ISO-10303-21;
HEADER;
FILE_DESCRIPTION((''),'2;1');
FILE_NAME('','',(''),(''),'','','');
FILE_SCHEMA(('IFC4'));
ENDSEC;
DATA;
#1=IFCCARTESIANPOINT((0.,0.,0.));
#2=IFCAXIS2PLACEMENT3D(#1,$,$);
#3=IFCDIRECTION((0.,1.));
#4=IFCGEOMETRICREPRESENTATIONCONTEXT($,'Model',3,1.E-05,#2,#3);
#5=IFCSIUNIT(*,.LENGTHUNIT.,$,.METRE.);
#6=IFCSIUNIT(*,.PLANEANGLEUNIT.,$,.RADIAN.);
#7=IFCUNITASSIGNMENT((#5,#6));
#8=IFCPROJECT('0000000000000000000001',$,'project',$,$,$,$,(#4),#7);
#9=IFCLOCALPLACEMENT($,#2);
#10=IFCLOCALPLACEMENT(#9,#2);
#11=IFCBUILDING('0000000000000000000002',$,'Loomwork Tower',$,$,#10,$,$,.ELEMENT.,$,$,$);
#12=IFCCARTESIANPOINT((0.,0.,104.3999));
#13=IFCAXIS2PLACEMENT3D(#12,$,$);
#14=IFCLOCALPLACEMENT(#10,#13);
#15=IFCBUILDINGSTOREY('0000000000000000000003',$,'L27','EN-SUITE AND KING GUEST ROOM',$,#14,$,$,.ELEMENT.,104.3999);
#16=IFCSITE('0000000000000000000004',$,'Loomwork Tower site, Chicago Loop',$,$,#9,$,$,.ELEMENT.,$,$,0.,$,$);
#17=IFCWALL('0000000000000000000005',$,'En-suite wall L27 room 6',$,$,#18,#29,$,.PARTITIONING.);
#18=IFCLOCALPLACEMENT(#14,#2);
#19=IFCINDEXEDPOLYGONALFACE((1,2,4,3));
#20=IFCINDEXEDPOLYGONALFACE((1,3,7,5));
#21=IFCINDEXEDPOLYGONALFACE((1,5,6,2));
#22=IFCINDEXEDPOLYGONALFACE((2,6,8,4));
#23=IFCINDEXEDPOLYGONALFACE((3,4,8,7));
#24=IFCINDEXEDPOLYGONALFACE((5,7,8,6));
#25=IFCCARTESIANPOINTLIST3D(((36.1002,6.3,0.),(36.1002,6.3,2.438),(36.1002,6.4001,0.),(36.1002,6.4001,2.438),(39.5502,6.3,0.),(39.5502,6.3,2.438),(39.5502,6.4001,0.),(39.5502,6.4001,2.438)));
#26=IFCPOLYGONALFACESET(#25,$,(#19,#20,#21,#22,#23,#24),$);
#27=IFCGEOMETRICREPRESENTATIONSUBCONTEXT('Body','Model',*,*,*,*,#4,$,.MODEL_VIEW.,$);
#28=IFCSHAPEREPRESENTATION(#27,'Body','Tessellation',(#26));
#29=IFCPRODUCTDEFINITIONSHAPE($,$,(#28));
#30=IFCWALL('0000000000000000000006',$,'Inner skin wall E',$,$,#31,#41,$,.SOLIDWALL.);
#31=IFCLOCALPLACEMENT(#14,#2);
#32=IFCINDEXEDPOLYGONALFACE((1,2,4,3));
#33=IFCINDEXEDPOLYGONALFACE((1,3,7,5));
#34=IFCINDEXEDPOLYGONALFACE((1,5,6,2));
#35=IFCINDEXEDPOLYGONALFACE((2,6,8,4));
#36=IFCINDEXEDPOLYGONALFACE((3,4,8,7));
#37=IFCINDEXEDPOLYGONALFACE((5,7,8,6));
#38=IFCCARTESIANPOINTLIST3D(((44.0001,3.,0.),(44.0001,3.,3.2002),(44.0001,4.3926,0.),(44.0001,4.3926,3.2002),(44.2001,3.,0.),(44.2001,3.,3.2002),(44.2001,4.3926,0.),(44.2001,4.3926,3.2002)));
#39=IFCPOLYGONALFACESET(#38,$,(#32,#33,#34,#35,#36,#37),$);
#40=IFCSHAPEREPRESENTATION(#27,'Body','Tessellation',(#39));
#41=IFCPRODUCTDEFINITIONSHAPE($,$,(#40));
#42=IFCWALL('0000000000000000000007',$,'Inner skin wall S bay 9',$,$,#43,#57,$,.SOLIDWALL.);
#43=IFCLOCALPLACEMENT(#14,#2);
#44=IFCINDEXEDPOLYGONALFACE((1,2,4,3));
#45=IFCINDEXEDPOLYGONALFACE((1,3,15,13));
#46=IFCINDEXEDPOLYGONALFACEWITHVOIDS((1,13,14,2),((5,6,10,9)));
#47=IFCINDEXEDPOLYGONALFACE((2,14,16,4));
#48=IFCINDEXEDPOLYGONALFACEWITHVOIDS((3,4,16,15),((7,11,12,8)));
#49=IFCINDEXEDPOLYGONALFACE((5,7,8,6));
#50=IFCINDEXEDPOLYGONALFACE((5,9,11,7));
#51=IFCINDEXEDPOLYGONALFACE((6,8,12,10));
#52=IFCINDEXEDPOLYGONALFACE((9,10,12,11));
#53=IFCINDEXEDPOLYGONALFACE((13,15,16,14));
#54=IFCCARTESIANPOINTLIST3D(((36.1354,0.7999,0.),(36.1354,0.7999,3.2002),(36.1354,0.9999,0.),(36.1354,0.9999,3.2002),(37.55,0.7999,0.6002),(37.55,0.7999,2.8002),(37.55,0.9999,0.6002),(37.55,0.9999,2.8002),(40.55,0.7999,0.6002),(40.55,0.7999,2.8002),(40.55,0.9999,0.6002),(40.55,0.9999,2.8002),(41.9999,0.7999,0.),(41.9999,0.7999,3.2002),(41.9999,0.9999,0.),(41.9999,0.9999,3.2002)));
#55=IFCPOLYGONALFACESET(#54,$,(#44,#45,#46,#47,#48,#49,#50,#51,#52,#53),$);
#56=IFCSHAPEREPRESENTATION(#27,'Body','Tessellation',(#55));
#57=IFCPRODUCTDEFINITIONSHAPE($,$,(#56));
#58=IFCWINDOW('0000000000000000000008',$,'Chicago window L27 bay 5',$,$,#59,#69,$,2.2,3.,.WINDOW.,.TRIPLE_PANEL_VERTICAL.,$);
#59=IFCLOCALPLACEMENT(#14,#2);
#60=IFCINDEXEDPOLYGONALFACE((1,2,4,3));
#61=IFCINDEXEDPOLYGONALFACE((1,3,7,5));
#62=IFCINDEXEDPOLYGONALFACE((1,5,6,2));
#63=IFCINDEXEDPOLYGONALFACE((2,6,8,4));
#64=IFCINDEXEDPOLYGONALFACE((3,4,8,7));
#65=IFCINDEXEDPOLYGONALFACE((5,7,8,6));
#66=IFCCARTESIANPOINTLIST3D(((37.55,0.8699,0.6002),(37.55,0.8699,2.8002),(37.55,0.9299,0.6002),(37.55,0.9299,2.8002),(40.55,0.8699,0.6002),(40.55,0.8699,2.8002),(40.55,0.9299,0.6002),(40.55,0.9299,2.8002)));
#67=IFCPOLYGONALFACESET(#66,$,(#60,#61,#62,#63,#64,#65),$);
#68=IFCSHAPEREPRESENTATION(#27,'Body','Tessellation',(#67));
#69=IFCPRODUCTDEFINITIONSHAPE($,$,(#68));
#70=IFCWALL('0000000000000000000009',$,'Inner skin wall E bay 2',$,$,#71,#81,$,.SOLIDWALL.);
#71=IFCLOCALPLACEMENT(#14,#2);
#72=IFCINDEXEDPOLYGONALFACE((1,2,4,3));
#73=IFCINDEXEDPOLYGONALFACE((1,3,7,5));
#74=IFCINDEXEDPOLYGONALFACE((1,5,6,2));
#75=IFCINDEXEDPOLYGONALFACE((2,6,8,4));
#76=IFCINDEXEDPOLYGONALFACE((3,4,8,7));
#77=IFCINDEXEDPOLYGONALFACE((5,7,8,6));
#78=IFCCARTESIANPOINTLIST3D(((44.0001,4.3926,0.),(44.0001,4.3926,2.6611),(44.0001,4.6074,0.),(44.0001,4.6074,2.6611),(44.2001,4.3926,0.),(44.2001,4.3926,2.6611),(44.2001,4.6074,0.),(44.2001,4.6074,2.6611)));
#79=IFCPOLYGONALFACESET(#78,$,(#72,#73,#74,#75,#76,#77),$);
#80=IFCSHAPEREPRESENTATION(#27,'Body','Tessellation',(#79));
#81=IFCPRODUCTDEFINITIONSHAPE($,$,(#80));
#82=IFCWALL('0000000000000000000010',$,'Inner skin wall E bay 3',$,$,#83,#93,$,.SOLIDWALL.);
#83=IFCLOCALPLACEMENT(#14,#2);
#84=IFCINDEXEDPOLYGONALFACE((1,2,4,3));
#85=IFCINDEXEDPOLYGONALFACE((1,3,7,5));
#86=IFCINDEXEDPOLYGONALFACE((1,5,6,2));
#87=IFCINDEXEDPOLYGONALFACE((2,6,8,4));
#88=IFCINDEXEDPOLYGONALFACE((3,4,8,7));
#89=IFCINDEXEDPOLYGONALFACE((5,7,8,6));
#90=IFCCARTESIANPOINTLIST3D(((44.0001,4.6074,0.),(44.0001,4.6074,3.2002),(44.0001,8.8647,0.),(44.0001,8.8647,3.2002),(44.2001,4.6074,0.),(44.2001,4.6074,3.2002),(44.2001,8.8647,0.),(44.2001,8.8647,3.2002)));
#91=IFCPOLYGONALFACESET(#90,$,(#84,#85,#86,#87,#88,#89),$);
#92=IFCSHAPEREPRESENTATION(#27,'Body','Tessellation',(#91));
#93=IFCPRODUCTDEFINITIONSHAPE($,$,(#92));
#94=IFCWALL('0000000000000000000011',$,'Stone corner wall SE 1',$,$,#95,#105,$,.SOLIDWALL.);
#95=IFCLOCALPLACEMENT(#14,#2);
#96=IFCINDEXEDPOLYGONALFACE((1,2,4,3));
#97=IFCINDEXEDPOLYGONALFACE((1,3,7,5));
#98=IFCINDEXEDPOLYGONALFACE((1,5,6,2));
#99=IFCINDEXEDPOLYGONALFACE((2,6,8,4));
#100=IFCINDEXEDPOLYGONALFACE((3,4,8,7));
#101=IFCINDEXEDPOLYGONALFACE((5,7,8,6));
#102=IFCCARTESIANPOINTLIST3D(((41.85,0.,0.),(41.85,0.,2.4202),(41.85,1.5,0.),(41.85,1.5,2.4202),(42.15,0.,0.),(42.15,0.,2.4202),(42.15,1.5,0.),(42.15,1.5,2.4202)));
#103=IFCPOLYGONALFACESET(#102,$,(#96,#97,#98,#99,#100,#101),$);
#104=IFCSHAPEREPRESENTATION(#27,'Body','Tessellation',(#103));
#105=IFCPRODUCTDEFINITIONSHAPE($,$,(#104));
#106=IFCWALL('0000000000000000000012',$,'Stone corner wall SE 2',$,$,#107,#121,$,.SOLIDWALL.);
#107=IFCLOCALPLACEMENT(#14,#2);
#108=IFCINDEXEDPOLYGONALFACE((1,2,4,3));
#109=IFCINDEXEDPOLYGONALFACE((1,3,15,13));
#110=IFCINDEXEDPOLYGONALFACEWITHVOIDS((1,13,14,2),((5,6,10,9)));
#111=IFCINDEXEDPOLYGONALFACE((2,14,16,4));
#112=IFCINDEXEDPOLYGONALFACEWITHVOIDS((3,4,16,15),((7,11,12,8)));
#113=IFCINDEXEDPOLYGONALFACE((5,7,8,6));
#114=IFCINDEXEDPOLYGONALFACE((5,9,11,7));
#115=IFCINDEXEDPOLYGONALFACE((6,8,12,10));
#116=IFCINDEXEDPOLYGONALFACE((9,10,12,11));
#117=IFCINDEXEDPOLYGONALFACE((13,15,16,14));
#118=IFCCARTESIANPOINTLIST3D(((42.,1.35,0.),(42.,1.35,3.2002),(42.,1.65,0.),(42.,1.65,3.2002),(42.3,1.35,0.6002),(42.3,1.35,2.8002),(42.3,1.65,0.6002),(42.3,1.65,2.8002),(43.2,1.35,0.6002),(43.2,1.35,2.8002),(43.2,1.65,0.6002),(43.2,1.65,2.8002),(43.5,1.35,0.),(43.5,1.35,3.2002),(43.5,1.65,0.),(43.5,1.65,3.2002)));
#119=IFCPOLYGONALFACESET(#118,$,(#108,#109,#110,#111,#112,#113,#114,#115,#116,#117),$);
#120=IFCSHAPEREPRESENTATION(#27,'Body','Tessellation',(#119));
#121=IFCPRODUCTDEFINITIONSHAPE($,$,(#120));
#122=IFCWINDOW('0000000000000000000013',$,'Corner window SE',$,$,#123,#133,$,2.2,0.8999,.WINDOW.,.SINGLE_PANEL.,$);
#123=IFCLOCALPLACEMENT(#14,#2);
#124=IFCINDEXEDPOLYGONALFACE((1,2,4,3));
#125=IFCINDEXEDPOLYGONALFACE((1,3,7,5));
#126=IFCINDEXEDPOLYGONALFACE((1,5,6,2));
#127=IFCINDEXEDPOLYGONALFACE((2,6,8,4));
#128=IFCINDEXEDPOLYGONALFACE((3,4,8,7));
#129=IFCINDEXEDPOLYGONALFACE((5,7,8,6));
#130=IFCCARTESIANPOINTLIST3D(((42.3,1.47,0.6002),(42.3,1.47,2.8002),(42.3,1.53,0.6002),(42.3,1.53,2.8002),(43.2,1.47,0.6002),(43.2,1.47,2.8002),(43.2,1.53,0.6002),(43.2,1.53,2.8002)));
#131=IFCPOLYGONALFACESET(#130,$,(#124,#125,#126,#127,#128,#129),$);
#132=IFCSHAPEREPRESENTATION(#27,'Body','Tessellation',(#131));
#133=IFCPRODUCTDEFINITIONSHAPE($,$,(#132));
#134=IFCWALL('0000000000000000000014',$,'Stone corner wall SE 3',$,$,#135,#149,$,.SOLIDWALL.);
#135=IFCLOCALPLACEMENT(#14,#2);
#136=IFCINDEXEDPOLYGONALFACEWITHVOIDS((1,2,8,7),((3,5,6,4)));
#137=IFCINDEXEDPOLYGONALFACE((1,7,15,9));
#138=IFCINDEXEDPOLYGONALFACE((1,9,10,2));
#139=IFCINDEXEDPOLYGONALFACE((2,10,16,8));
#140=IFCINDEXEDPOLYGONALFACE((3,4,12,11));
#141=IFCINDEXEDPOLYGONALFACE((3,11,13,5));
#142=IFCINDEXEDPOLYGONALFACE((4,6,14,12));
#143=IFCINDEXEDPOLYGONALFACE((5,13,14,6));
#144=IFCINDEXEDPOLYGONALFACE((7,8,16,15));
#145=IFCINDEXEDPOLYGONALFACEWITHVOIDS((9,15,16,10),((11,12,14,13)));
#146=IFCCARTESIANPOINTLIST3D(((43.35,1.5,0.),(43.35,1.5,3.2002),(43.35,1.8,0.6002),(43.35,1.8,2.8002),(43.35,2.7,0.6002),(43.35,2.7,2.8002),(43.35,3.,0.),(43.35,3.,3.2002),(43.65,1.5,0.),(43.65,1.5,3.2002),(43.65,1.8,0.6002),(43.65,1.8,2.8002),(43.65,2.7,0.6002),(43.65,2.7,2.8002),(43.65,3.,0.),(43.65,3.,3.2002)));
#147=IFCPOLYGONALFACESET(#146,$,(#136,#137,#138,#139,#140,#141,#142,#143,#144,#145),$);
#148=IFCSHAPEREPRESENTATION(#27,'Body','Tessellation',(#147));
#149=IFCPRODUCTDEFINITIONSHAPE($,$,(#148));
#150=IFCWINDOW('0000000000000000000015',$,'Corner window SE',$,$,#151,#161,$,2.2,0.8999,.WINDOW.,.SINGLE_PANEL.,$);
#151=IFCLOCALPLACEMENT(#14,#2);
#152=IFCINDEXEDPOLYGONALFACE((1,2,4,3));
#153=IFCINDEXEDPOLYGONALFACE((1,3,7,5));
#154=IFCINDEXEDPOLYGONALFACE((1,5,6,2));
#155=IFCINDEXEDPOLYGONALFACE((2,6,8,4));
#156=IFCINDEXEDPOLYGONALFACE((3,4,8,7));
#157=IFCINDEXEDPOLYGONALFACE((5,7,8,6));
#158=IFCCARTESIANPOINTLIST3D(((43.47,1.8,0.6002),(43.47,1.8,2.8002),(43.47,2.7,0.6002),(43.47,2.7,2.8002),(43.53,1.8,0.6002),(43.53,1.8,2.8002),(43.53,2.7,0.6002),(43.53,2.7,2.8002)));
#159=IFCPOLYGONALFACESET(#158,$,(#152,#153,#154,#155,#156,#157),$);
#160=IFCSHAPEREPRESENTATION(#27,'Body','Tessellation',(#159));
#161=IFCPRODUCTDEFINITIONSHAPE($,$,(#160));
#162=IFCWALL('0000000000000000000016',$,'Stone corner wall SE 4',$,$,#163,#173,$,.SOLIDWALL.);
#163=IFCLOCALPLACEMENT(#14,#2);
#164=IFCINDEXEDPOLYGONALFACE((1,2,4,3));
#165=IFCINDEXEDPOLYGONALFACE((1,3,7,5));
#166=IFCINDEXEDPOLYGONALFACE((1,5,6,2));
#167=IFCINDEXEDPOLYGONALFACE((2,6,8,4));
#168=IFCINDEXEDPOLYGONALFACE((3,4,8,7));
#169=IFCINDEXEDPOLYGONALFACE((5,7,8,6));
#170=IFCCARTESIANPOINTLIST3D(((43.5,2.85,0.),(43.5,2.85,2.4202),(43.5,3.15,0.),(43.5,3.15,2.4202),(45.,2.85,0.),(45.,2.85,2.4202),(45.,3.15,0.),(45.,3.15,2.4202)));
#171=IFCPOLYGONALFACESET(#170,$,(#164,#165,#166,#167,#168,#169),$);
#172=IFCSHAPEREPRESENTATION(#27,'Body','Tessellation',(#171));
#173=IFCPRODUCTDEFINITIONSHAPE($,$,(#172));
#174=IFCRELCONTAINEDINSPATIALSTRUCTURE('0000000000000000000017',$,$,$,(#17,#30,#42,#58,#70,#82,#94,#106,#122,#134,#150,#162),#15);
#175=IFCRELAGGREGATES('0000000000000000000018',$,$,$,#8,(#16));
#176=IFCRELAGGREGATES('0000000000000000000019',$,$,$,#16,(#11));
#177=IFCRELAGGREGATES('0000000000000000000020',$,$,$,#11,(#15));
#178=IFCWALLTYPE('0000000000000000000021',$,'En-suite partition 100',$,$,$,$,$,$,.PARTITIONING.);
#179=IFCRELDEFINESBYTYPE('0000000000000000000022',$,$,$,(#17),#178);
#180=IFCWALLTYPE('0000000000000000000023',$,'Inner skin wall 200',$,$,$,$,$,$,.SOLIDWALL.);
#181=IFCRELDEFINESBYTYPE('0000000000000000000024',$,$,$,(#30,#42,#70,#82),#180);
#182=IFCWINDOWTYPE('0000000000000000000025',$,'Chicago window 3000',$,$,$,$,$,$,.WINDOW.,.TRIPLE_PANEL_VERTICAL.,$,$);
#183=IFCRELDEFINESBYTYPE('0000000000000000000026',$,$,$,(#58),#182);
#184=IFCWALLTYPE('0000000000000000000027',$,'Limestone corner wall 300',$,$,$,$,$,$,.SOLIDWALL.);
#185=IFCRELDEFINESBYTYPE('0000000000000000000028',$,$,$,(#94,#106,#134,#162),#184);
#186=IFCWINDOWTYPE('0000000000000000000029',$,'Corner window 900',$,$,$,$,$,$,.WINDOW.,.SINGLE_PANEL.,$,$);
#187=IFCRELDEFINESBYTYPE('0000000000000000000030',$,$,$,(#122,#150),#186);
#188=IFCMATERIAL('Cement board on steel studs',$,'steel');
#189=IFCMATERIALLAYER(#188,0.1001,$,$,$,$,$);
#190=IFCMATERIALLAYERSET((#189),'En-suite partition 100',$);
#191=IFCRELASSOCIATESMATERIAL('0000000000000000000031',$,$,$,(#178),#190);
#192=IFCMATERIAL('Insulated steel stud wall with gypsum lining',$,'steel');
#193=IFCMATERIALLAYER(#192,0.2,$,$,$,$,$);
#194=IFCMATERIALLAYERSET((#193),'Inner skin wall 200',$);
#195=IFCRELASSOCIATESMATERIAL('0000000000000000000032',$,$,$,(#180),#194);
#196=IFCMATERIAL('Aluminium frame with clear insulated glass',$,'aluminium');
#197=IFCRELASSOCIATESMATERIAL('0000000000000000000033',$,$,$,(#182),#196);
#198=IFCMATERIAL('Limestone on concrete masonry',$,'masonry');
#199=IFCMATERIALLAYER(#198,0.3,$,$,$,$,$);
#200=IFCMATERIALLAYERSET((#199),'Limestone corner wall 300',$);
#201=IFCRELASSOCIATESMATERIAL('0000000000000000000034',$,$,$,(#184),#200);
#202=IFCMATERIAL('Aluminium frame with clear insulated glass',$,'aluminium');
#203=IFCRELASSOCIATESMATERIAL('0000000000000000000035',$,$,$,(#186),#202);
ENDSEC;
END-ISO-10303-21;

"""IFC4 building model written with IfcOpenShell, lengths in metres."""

from ifc_helpers import new_model, si_unit, direction, frame, frame_2d, origin, place, context, subcontext, project, spatial, rectangle, extrude, material, layer, layer_set, type_object, element, fill, save


model = new_model("IFC4")

# Units and contexts
model_context = context("Model", 3, precision=1e-05, world=origin(), true_north=direction((0.0, 1.0)))
body_context = subcontext(model_context, "Body", "Model", "MODEL_VIEW")
ifc_project = project(units=[si_unit("LENGTHUNIT", "METRE"), si_unit("PLANEANGLEUNIT", "RADIAN")], contexts=[model_context])

# Site, building, storey
site_placement = place(None, origin())
site = spatial("IfcSite", under=ifc_project, at=site_placement, Name="Loomwork Tower site, Chicago Loop", CompositionType="ELEMENT", RefElevation=0.0)
building_placement = place(site_placement, origin())
building = spatial("IfcBuilding", under=site, at=building_placement, Name="Loomwork Tower", CompositionType="ELEMENT")
storey_placement = place(building_placement, frame((0.0, 0.0, 104.3999)))
storey = spatial("IfcBuildingStorey", under=building, at=storey_placement, Name="L27", Description="EN-SUITE AND KING GUEST ROOM", CompositionType="ELEMENT", Elevation=104.3999)

# Walls
ifc_material_1 = material(Name="Cement board on steel studs", Category="steel")
ifc_layer_1 = layer(ifc_material_1, 0.1001)
ifc_layer_set_1 = layer_set([ifc_layer_1], Name="En-suite partition 100")
wall_type_1 = type_object("IfcWallType", Name="En-suite partition 100", PredefinedType="PARTITIONING", material=ifc_layer_set_1)
wall_1_placement = place(storey_placement, frame((36.1001, 6.3501, 0.0), z_axis=(0.0, 0.0, 1.0), x_axis=(1.0, 0.0, 0.0)))
element("IfcWall", 1, at=wall_1_placement, inside=storey, type_object=wall_type_1, Name="En-suite wall L27 room 6", PredefinedType="PARTITIONING", context=body_context, shape_type="SweptSolid", body=[
    extrude(rectangle(XDim=3.45, YDim=0.1001, at=frame_2d((1.7251, 0.0))), origin(), (0.0, 0.0, 1.0), 2.438),
])
ifc_material_2 = material(Name="Insulated steel stud wall with gypsum lining", Category="steel")
ifc_layer_2 = layer(ifc_material_2, 0.2)
ifc_layer_set_2 = layer_set([ifc_layer_2], Name="Inner skin wall 200")
wall_type_2 = type_object("IfcWallType", Name="Inner skin wall 200", PredefinedType="SOLIDWALL", material=ifc_layer_set_2)
wall_2_placement = place(storey_placement, frame((44.1001, 3.0, 0.0), z_axis=(0.0, 0.0, 1.0), x_axis=(0.0, 1.0, 0.0)))
element("IfcWall", 2, at=wall_2_placement, inside=storey, type_object=wall_type_2, Name="Inner skin wall E", PredefinedType="SOLIDWALL", context=body_context, shape_type="SweptSolid", body=[
    extrude(rectangle(XDim=1.3926, YDim=0.2, at=frame_2d((0.6963, 0.0))), origin(), (0.0, 0.0, 1.0), 3.2002),
])

# Wall, opening, window
wall_3_placement = place(storey_placement, frame((36.1355, 0.8999, 0.0), z_axis=(0.0, 0.0, 1.0), x_axis=(1.0, 0.0, 0.0)))
wall_3 = element("IfcWall", 3, at=wall_3_placement, inside=storey, type_object=wall_type_2, Name="Inner skin wall S bay 9", PredefinedType="SOLIDWALL", context=body_context, shape_type="SweptSolid", body=[
    extrude(rectangle(XDim=5.8645, YDim=0.2, at=frame_2d((2.9321, 0.0))), origin(), (0.0, 0.0, 1.0), 3.2002),
])
opening_1_placement = place(wall_3_placement, frame((1.4146, 0.0, 0.6001)))
opening_1 = element("IfcOpeningElement", 4, at=opening_1_placement, cuts=wall_3, PredefinedType="OPENING", context=body_context, shape_type="SweptSolid", body=[
    extrude(rectangle(XDim=3.0, YDim=2.2, at=frame_2d((1.5, 1.1001))), frame((0.0, 0.1099, 0.0), z_axis=(0.0, -1.0, 0.0), x_axis=(1.0, 0.0, 0.0)), (0.0, 0.0, 1.0), 0.22),
])
ifc_material_3 = material(Name="Aluminium frame with clear insulated glass", Category="aluminium")
window_type_1 = type_object("IfcWindowType", Name="Chicago window 3000", PartitioningType="TRIPLE_PANEL_VERTICAL", PredefinedType="WINDOW", material=ifc_material_3)
window_1_placement = place(opening_1_placement, origin())
window_1 = element("IfcWindow", 5, at=window_1_placement, inside=storey, type_object=window_type_1, Name="Chicago window L27 bay 5", OverallHeight=2.2, OverallWidth=3.0, PartitioningType="TRIPLE_PANEL_VERTICAL", PredefinedType="WINDOW", context=body_context, shape_type="SweptSolid", body=[
    extrude(rectangle(XDim=3.0, YDim=2.2, at=frame_2d((1.5, 1.1001))), frame((0.0, 0.03, 0.0), z_axis=(0.0, -1.0, 0.0), x_axis=(1.0, 0.0, 0.0)), (0.0, 0.0, 1.0), 0.0601),
])
fill(opening_1, window_1)

# Walls
wall_4_placement = place(storey_placement, frame((44.1001, 4.3926, 0.0), z_axis=(0.0, 0.0, 1.0), x_axis=(0.0, 1.0, 0.0)))
element("IfcWall", 6, at=wall_4_placement, inside=storey, type_object=wall_type_2, Name="Inner skin wall E bay 2", PredefinedType="SOLIDWALL", context=body_context, shape_type="SweptSolid", body=[
    extrude(rectangle(XDim=0.2148, YDim=0.2, at=frame_2d((0.1074, 0.0))), origin(), (0.0, 0.0, 1.0), 2.6611),
])
wall_5_placement = place(storey_placement, frame((44.1001, 4.6074, 0.0), z_axis=(0.0, 0.0, 1.0), x_axis=(0.0, 1.0, 0.0)))
element("IfcWall", 7, at=wall_5_placement, inside=storey, type_object=wall_type_2, Name="Inner skin wall E bay 3", PredefinedType="SOLIDWALL", context=body_context, shape_type="SweptSolid", body=[
    extrude(rectangle(XDim=4.2573, YDim=0.2, at=frame_2d((2.1287, 0.0))), origin(), (0.0, 0.0, 1.0), 3.2002),
])
ifc_material_4 = material(Name="Limestone on concrete masonry", Category="masonry")
ifc_layer_3 = layer(ifc_material_4, 0.3)
ifc_layer_set_3 = layer_set([ifc_layer_3], Name="Limestone corner wall 300")
wall_type_3 = type_object("IfcWallType", Name="Limestone corner wall 300", PredefinedType="SOLIDWALL", material=ifc_layer_set_3)
wall_6_placement = place(storey_placement, frame((42.0, 0.0, 0.0), z_axis=(0.0, 0.0, 1.0), x_axis=(0.0, 1.0, 0.0)))
element("IfcWall", 8, at=wall_6_placement, inside=storey, type_object=wall_type_3, Name="Stone corner wall SE 1", PredefinedType="SOLIDWALL", context=body_context, shape_type="SweptSolid", body=[
    extrude(rectangle(XDim=1.5, YDim=0.3, at=frame_2d((0.75, 0.0))), origin(), (0.0, 0.0, 1.0), 2.4202),
])

# Walls, openings, windows
wall_7_placement = place(storey_placement, frame((42.0, 1.5, 0.0), z_axis=(0.0, 0.0, 1.0), x_axis=(1.0, 0.0, 0.0)))
wall_7 = element("IfcWall", 9, at=wall_7_placement, inside=storey, type_object=wall_type_3, Name="Stone corner wall SE 2", PredefinedType="SOLIDWALL", context=body_context, shape_type="SweptSolid", body=[
    extrude(rectangle(XDim=1.5, YDim=0.3, at=frame_2d((0.75, 0.0))), origin(), (0.0, 0.0, 1.0), 3.2002),
])
opening_2_placement = place(wall_7_placement, frame((0.3, 0.0, 0.6001)))
opening_2 = element("IfcOpeningElement", 10, at=opening_2_placement, cuts=wall_7, PredefinedType="OPENING", context=body_context, shape_type="SweptSolid", body=[
    extrude(rectangle(XDim=0.8999, YDim=2.2, at=frame_2d((0.45, 1.1001))), frame((0.0, 0.1599, 0.0), z_axis=(0.0, -1.0, 0.0), x_axis=(1.0, 0.0, 0.0)), (0.0, 0.0, 1.0), 0.3201),
])
ifc_material_5 = material(Name="Aluminium frame with clear insulated glass", Category="aluminium")
window_type_2 = type_object("IfcWindowType", Name="Corner window 900", PartitioningType="SINGLE_PANEL", PredefinedType="WINDOW", material=ifc_material_5)
window_2_placement = place(opening_2_placement, origin())
window_2 = element("IfcWindow", 11, at=window_2_placement, inside=storey, type_object=window_type_2, Name="Corner window SE", OverallHeight=2.2, OverallWidth=0.8999, PartitioningType="SINGLE_PANEL", PredefinedType="WINDOW", context=body_context, shape_type="SweptSolid", body=[
    extrude(rectangle(XDim=0.8999, YDim=2.2, at=frame_2d((0.45, 1.1001))), frame((0.0, 0.03, 0.0), z_axis=(0.0, -1.0, 0.0), x_axis=(1.0, 0.0, 0.0)), (0.0, 0.0, 1.0), 0.0601),
])
fill(opening_2, window_2)
wall_8_placement = place(storey_placement, frame((43.5, 1.5, 0.0), z_axis=(0.0, 0.0, 1.0), x_axis=(0.0, 1.0, 0.0)))
wall_8 = element("IfcWall", 12, at=wall_8_placement, inside=storey, type_object=wall_type_3, Name="Stone corner wall SE 3", PredefinedType="SOLIDWALL", context=body_context, shape_type="SweptSolid", body=[
    extrude(rectangle(XDim=1.5, YDim=0.3, at=frame_2d((0.75, 0.0))), origin(), (0.0, 0.0, 1.0), 3.2002),
])
opening_3_placement = place(wall_8_placement, frame((0.3, 0.0, 0.6001)))
opening_3 = element("IfcOpeningElement", 13, at=opening_3_placement, cuts=wall_8, PredefinedType="OPENING", context=body_context, shape_type="SweptSolid", body=[
    extrude(rectangle(XDim=0.8999, YDim=2.2, at=frame_2d((0.45, 1.1001))), frame((0.0, 0.1599, 0.0), z_axis=(0.0, -1.0, 0.0), x_axis=(1.0, 0.0, 0.0)), (0.0, 0.0, 1.0), 0.3201),
])
window_3_placement = place(opening_3_placement, origin())
window_3 = element("IfcWindow", 14, at=window_3_placement, inside=storey, type_object=window_type_2, Name="Corner window SE", OverallHeight=2.2, OverallWidth=0.8999, PartitioningType="SINGLE_PANEL", PredefinedType="WINDOW", context=body_context, shape_type="SweptSolid", body=[
    extrude(rectangle(XDim=0.8999, YDim=2.2, at=frame_2d((0.45, 1.1001))), frame((0.0, 0.03, 0.0), z_axis=(0.0, -1.0, 0.0), x_axis=(1.0, 0.0, 0.0)), (0.0, 0.0, 1.0), 0.0601),
])
fill(opening_3, window_3)

# Wall
wall_9_placement = place(storey_placement, frame((43.5, 3.0, 0.0), z_axis=(0.0, 0.0, 1.0), x_axis=(1.0, 0.0, 0.0)))
element("IfcWall", 15, at=wall_9_placement, inside=storey, type_object=wall_type_3, Name="Stone corner wall SE 4", PredefinedType="SOLIDWALL", context=body_context, shape_type="SweptSolid", body=[
    extrude(rectangle(XDim=1.5, YDim=0.3, at=frame_2d((0.75, 0.0))), origin(), (0.0, 0.0, 1.0), 2.4202),
])

save(model, "model.ifc")
